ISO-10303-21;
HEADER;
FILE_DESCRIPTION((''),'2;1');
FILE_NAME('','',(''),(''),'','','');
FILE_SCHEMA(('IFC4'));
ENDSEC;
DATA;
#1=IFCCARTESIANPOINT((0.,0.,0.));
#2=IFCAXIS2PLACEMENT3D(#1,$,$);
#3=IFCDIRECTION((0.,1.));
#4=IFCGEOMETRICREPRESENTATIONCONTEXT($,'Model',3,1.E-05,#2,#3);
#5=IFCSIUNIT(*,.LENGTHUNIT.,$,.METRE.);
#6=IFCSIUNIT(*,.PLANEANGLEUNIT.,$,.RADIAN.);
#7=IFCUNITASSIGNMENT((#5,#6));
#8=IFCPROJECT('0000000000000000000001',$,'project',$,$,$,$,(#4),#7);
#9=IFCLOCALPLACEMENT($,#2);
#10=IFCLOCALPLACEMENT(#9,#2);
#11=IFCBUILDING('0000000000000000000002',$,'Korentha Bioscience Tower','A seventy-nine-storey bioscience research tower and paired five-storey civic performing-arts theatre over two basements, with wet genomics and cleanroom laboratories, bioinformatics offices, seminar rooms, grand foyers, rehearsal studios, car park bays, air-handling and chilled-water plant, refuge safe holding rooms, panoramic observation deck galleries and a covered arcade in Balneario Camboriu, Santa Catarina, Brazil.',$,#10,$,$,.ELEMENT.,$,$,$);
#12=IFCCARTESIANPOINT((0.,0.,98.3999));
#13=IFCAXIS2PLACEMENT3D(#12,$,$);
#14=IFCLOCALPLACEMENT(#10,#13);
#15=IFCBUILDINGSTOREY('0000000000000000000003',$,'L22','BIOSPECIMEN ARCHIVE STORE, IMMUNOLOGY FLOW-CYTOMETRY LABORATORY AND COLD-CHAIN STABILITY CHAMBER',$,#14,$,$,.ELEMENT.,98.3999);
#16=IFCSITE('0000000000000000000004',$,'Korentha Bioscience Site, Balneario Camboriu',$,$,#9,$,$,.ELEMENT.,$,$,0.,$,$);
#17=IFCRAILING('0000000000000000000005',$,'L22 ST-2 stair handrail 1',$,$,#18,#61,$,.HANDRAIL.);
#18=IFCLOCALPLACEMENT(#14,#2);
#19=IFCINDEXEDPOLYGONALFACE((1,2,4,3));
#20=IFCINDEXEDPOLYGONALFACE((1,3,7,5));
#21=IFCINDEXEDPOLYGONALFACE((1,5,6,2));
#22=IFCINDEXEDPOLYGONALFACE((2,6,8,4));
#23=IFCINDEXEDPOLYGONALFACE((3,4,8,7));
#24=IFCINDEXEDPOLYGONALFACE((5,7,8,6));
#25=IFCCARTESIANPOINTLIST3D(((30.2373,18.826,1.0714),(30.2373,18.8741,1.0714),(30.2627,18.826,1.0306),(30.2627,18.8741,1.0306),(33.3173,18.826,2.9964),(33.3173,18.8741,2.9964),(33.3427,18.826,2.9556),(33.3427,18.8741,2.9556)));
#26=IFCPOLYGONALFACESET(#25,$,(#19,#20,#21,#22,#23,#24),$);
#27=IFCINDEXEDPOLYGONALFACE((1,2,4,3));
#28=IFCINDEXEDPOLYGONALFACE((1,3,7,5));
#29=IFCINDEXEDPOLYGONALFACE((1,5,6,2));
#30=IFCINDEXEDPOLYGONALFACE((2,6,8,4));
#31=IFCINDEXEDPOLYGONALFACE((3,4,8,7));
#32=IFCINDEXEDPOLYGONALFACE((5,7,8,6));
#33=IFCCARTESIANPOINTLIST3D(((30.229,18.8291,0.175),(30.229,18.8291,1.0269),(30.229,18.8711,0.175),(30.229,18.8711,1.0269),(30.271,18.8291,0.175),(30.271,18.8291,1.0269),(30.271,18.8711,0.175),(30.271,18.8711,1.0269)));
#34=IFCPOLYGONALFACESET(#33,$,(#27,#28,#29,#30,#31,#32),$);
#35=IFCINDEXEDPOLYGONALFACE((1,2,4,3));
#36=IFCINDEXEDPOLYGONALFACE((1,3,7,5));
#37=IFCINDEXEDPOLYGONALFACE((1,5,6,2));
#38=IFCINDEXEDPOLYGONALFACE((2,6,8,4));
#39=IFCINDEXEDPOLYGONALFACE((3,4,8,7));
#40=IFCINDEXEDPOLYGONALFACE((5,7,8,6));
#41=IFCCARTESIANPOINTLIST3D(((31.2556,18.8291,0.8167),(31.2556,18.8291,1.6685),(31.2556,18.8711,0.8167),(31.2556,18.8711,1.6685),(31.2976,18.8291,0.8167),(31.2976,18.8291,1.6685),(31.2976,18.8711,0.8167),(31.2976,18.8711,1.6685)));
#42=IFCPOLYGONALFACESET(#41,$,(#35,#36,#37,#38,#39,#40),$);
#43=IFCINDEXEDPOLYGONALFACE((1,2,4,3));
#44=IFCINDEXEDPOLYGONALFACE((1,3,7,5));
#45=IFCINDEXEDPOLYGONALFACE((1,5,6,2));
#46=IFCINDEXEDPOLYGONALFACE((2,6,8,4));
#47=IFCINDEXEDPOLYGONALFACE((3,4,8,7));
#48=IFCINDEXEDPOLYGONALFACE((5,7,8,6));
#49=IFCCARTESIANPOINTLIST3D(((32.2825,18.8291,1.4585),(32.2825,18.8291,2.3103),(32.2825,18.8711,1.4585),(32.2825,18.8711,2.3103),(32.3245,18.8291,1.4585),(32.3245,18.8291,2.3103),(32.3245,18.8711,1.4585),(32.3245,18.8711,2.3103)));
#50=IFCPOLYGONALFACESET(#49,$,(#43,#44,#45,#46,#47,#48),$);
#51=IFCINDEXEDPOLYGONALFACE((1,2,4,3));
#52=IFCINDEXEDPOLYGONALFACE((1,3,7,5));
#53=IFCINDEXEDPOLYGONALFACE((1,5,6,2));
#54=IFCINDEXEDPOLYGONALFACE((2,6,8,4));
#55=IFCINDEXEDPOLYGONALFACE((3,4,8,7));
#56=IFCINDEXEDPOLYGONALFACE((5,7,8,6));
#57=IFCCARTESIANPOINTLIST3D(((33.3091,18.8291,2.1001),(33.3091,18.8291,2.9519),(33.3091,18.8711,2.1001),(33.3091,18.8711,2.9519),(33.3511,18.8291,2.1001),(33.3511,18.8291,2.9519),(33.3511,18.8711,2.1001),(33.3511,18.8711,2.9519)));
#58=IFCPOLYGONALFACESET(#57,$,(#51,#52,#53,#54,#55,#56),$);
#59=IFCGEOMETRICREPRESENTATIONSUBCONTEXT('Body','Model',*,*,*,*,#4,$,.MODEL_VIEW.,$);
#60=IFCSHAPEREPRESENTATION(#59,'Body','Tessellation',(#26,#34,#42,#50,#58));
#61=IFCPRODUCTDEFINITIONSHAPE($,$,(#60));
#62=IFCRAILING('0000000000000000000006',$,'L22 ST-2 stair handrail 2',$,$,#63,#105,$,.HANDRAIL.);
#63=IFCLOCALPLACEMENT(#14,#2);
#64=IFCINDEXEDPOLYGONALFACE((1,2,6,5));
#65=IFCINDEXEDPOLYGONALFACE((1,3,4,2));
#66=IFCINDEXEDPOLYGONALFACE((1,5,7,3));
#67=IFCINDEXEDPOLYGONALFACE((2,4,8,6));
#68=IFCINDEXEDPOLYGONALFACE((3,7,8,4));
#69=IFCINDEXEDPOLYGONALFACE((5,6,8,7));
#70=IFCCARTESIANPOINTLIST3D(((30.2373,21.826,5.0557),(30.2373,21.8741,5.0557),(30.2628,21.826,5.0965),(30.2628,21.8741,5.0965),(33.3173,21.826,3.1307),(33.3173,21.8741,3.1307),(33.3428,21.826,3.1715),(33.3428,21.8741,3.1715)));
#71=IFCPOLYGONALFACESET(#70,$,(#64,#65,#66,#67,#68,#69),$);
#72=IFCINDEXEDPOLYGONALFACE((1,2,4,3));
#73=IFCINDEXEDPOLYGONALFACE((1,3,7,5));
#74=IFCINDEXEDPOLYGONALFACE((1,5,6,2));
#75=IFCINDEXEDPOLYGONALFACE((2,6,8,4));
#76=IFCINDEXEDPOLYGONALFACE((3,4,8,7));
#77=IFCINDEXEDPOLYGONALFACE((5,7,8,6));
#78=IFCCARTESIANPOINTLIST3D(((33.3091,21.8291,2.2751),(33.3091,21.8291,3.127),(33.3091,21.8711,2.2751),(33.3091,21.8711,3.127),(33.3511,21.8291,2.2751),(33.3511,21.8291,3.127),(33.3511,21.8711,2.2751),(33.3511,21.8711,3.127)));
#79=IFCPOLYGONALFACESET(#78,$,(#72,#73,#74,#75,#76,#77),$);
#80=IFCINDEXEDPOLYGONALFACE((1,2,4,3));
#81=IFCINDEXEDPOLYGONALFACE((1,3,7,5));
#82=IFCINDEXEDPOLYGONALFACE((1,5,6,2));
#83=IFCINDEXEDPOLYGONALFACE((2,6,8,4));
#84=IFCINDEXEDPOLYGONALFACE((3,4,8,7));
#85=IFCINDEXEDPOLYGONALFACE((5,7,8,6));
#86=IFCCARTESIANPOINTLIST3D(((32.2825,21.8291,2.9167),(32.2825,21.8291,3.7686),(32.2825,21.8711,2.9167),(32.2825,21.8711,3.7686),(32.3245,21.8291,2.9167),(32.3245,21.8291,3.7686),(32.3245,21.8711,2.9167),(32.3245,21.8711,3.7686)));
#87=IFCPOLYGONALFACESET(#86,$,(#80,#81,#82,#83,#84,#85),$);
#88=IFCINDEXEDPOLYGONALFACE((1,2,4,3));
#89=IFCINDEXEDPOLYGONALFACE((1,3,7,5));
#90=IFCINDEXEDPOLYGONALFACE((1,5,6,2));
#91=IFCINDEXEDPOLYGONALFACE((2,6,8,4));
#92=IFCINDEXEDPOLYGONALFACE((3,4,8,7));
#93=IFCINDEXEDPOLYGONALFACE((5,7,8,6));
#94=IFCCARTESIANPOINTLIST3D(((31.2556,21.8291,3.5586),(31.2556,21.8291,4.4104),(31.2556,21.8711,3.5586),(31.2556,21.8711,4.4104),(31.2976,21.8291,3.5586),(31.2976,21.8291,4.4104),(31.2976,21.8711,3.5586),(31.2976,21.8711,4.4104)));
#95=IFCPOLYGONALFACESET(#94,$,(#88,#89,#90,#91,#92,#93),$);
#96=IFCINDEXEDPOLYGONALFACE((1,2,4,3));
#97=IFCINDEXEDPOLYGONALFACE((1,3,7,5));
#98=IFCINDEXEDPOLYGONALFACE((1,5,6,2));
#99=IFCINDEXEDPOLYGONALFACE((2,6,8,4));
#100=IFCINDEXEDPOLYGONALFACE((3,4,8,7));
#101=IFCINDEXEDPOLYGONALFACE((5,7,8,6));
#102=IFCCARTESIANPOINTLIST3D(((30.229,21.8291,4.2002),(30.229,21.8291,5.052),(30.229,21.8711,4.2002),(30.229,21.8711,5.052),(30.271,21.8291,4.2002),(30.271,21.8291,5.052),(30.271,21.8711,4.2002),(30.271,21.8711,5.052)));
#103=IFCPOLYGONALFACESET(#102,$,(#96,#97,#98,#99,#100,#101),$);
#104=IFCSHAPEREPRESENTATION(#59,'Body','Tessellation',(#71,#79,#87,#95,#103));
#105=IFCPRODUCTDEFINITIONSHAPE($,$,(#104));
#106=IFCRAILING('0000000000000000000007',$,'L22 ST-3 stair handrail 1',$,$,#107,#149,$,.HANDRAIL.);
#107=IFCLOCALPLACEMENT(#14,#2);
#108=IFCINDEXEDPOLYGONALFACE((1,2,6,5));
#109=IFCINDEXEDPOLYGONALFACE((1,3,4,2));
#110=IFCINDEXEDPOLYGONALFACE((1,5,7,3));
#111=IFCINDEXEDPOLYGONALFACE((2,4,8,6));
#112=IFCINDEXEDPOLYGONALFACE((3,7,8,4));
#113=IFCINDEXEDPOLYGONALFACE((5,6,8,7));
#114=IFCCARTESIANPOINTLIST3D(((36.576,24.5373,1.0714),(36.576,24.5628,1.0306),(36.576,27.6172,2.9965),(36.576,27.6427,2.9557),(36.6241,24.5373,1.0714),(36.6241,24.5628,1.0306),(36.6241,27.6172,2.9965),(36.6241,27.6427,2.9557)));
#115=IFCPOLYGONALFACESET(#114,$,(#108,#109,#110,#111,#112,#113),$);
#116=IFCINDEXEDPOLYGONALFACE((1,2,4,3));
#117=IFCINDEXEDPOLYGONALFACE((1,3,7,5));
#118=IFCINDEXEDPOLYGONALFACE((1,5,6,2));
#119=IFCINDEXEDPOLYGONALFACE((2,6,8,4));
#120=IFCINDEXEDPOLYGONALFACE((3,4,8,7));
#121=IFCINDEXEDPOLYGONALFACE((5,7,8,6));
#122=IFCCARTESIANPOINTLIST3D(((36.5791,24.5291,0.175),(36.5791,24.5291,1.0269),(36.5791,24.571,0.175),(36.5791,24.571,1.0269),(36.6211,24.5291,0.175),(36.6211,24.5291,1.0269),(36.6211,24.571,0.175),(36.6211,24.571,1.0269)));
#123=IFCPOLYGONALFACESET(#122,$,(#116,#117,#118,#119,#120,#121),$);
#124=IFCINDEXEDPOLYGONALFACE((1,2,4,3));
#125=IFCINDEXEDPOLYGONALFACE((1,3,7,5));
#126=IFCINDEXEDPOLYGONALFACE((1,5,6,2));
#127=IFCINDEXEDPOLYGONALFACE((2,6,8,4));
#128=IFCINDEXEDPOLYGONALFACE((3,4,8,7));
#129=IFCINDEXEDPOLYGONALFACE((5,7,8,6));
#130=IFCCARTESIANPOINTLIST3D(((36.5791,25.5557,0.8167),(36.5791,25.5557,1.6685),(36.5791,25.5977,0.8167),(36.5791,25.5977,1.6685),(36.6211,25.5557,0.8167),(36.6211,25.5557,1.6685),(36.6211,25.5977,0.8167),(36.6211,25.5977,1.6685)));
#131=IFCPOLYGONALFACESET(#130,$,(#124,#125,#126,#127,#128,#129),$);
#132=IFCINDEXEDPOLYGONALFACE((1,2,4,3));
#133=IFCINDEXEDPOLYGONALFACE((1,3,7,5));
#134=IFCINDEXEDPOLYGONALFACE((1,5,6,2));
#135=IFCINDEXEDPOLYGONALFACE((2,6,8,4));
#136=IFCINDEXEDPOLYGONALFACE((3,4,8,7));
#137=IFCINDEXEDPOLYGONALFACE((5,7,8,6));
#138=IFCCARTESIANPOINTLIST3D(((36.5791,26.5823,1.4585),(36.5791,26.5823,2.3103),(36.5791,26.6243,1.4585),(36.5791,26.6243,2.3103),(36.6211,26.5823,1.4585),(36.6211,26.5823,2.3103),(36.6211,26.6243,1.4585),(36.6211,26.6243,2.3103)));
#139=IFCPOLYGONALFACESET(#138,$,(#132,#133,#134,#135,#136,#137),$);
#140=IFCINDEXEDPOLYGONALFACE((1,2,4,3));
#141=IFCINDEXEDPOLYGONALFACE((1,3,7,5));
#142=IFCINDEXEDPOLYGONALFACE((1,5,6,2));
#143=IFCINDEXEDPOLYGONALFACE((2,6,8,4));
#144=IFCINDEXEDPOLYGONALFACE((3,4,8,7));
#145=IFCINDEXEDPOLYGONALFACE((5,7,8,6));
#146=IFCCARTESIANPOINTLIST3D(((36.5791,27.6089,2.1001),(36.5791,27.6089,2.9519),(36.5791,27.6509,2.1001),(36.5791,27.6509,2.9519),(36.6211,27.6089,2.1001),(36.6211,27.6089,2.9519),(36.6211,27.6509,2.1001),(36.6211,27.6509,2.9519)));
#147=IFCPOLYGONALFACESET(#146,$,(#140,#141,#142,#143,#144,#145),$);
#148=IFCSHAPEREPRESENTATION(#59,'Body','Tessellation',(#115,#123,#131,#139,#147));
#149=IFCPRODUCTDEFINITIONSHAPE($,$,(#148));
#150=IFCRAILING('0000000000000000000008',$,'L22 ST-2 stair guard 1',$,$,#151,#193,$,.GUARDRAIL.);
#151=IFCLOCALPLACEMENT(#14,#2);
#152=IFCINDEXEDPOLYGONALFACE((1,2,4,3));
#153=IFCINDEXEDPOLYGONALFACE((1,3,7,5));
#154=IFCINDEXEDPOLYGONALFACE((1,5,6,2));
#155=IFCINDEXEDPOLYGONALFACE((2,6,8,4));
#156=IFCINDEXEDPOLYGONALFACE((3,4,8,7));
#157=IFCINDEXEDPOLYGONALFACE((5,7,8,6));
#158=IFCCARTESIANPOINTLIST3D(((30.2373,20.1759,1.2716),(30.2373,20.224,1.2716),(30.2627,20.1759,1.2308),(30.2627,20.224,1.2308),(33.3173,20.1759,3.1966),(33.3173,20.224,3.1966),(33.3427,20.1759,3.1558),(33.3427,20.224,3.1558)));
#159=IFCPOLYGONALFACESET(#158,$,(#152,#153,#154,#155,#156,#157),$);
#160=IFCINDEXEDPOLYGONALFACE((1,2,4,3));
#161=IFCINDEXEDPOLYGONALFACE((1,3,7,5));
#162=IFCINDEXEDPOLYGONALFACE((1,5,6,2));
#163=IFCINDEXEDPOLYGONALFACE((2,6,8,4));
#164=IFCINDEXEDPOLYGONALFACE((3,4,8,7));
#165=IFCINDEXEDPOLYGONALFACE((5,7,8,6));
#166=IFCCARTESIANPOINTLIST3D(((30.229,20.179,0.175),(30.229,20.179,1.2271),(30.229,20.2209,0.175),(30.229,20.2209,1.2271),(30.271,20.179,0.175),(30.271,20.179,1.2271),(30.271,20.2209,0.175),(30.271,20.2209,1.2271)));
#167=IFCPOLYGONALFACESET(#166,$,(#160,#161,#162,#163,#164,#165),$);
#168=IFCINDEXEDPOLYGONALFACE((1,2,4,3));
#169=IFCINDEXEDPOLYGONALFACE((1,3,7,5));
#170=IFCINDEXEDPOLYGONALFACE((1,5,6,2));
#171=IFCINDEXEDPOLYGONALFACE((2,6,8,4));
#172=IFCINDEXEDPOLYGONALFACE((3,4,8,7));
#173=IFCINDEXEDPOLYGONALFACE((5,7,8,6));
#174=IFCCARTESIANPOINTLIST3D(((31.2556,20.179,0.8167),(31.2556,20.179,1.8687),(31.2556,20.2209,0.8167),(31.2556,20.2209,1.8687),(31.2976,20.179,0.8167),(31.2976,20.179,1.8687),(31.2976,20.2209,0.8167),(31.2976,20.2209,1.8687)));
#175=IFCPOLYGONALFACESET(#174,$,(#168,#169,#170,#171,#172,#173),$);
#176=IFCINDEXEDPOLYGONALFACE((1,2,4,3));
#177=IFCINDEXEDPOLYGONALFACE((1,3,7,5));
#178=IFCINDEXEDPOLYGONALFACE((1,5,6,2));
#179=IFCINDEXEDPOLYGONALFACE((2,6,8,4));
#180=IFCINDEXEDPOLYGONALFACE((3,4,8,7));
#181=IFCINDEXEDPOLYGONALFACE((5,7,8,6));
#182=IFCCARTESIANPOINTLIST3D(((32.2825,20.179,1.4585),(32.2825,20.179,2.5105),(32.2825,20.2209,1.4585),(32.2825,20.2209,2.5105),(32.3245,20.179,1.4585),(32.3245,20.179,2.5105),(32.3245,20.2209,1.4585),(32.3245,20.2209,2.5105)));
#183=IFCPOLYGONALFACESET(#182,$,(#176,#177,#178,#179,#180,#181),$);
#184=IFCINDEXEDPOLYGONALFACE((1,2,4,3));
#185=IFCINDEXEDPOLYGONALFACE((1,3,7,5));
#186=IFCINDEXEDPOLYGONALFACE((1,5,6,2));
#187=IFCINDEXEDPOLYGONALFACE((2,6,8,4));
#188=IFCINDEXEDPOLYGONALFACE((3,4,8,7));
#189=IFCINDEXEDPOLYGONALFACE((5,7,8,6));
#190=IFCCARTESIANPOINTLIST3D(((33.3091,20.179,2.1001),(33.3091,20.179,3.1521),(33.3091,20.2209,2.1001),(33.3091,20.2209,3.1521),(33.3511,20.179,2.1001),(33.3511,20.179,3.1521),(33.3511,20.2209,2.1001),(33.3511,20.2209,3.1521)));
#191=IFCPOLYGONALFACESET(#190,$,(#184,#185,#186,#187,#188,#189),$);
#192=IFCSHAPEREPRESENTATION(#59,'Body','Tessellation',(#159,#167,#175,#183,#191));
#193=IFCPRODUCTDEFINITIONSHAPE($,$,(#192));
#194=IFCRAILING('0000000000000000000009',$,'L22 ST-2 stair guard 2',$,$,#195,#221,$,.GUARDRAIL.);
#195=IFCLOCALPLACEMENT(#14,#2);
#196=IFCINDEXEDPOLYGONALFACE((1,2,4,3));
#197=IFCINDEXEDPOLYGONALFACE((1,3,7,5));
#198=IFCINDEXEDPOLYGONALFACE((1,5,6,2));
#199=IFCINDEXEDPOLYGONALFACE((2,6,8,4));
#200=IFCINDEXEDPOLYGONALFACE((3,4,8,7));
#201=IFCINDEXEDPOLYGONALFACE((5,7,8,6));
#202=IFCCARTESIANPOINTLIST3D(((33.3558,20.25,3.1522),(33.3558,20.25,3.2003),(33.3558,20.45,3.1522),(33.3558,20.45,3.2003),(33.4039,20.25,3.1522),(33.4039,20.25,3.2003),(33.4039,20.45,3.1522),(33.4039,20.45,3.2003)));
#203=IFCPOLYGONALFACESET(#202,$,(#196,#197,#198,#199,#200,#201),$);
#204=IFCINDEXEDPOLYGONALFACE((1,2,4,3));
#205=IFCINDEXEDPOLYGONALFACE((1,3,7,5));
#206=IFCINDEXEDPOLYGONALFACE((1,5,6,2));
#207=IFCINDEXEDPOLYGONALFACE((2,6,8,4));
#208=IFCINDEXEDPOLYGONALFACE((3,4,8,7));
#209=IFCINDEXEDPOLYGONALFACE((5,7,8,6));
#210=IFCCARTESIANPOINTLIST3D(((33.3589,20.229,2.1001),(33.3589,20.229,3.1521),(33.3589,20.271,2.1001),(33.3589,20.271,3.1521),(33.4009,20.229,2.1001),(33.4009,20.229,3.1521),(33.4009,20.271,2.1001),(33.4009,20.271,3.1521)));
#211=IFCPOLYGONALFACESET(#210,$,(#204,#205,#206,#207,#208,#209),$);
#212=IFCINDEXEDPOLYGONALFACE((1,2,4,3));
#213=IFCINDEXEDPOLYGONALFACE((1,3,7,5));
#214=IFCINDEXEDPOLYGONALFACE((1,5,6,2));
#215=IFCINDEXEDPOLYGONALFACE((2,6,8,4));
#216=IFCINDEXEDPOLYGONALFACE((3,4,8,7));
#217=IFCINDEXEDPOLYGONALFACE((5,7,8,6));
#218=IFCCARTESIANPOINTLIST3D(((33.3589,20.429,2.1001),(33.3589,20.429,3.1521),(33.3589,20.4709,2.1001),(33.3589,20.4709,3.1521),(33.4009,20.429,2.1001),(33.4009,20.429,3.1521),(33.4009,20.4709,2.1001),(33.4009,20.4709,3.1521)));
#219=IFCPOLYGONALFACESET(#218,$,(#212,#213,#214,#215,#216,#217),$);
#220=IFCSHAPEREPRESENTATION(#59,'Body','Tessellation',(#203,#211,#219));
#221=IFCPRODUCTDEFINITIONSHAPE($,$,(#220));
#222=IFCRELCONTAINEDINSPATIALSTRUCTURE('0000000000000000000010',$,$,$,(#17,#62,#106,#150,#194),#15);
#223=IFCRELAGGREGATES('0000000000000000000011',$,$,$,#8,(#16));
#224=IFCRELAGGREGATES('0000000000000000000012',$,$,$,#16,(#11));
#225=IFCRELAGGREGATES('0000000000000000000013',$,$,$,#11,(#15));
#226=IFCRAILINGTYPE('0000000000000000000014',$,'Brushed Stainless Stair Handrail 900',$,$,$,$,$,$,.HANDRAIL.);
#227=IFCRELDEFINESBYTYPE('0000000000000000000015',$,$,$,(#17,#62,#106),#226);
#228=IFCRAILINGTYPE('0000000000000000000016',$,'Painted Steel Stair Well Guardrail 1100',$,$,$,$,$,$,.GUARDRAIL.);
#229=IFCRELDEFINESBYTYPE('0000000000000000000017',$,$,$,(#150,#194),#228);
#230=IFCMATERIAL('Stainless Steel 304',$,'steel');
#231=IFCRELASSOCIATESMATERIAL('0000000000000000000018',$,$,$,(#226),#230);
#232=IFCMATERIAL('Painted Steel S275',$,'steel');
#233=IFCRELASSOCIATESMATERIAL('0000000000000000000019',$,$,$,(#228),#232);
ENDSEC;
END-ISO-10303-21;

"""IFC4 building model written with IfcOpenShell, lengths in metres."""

from ifc_helpers import new_model, si_unit, direction, frame, origin, origin_2d, place, context, subcontext, project, spatial, rectangle, extrude, material, type_object, element, save


model = new_model("IFC4")

# Units and contexts
model_context = context("Model", 3, precision=1e-05, world=origin(), true_north=direction((0.0, 1.0)))
body_context = subcontext(model_context, "Body", "Model", "MODEL_VIEW")
ifc_project = project(units=[si_unit("LENGTHUNIT", "METRE"), si_unit("PLANEANGLEUNIT", "RADIAN")], contexts=[model_context])

# Site, building, storey
site_placement = place(None, origin())
site = spatial("IfcSite", under=ifc_project, at=site_placement, Name="Korentha Bioscience Site, Balneario Camboriu", CompositionType="ELEMENT", RefElevation=0.0)
building_placement = place(site_placement, origin())
building = spatial("IfcBuilding", under=site, at=building_placement, Name="Korentha Bioscience Tower", Description="A seventy-nine-storey bioscience research tower and paired five-storey civic performing-arts theatre over two basements, with wet genomics and cleanroom laboratories, bioinformatics offices, seminar rooms, grand foyers, rehearsal studios, car park bays, air-handling and chilled-water plant, refuge safe holding rooms, panoramic observation deck galleries and a covered arcade in Balneario Camboriu, Santa Catarina, Brazil.", CompositionType="ELEMENT")
storey_placement = place(building_placement, frame((0.0, 0.0, 98.3999)))
storey = spatial("IfcBuildingStorey", under=building, at=storey_placement, Name="L22", Description="BIOSPECIMEN ARCHIVE STORE, IMMUNOLOGY FLOW-CYTOMETRY LABORATORY AND COLD-CHAIN STABILITY CHAMBER", CompositionType="ELEMENT", Elevation=98.3999)

# Railings
ifc_material_1 = material(Name="Stainless Steel 304", Category="steel")
railing_type_1 = type_object("IfcRailingType", Name="Brushed Stainless Stair Handrail 900", PredefinedType="HANDRAIL", material=ifc_material_1)
railing_1_placement = place(storey_placement, frame((30.25, 18.8501, 0.175)))
element("IfcRailing", 1, at=railing_1_placement, inside=storey, type_object=railing_type_1, Name="L22 ST-2 stair handrail 1", PredefinedType="HANDRAIL", context=body_context, shape_type="SweptSolid", body=[
    extrude(rectangle(XDim=0.0481, YDim=0.0481, at=origin_2d()), frame((0.0, 0.0, 0.876), z_axis=(0.847998, 0.0, 0.529999), x_axis=(0.0, 1.0, 0.0)), (0.0, 0.0, 1.0), 3.6321),
    extrude(rectangle(XDim=0.042, YDim=0.042, at=origin_2d()), origin(), (0.0, 0.0, 1.0), 0.8518),
    extrude(rectangle(XDim=0.042, YDim=0.042, at=origin_2d()), frame((1.0266, 0.0, 0.6416)), (0.0, 0.0, 1.0), 0.8518),
    extrude(rectangle(XDim=0.042, YDim=0.042, at=origin_2d()), frame((2.0535, 0.0, 1.2834)), (0.0, 0.0, 1.0), 0.8518),
    extrude(rectangle(XDim=0.042, YDim=0.042, at=origin_2d()), frame((3.0801, 0.0, 1.925)), (0.0, 0.0, 1.0), 0.8518),
])
railing_2_placement = place(storey_placement, frame((33.3301, 21.8501, 2.2751)))
element("IfcRailing", 2, at=railing_2_placement, inside=storey, type_object=railing_type_1, Name="L22 ST-2 stair handrail 2", PredefinedType="HANDRAIL", context=body_context, shape_type="SweptSolid", body=[
    extrude(rectangle(XDim=0.0481, YDim=0.0481, at=origin_2d()), frame((0.0, 0.0, 0.876), z_axis=(-0.847998, 0.0, 0.529999), x_axis=(0.0, -1.0, 0.0)), (0.0, 0.0, 1.0), 3.6321),
    extrude(rectangle(XDim=0.042, YDim=0.042, at=origin_2d()), origin(), (0.0, 0.0, 1.0), 0.8518),
    extrude(rectangle(XDim=0.042, YDim=0.042, at=origin_2d()), frame((-1.0266, 0.0, 0.6416)), (0.0, 0.0, 1.0), 0.8518),
    extrude(rectangle(XDim=0.042, YDim=0.042, at=origin_2d()), frame((-2.0535, 0.0, 1.2834)), (0.0, 0.0, 1.0), 0.8518),
    extrude(rectangle(XDim=0.042, YDim=0.042, at=origin_2d()), frame((-3.0801, 0.0, 1.925)), (0.0, 0.0, 1.0), 0.8518),
])
railing_3_placement = place(storey_placement, frame((36.6001, 24.55, 0.175)))
element("IfcRailing", 3, at=railing_3_placement, inside=storey, type_object=railing_type_1, Name="L22 ST-3 stair handrail 1", PredefinedType="HANDRAIL", context=body_context, shape_type="SweptSolid", body=[
    extrude(rectangle(XDim=0.0481, YDim=0.0481, at=origin_2d()), frame((0.0, 0.0, 0.876), z_axis=(0.0, 0.847979, 0.530029), x_axis=(-1.0, 0.0, 0.0)), (0.0, 0.0, 1.0), 3.6321),
    extrude(rectangle(XDim=0.042, YDim=0.042, at=origin_2d()), origin(), (0.0, 0.0, 1.0), 0.8518),
    extrude(rectangle(XDim=0.042, YDim=0.042, at=origin_2d()), frame((0.0, 1.0266, 0.6416)), (0.0, 0.0, 1.0), 0.8518),
    extrude(rectangle(XDim=0.042, YDim=0.042, at=origin_2d()), frame((0.0, 2.0532, 1.2834)), (0.0, 0.0, 1.0), 0.8518),
    extrude(rectangle(XDim=0.042, YDim=0.042, at=origin_2d()), frame((0.0, 3.0798, 1.925)), (0.0, 0.0, 1.0), 0.8518),
])
ifc_material_2 = material(Name="Painted Steel S275", Category="steel")
railing_type_2 = type_object("IfcRailingType", Name="Painted Steel Stair Well Guardrail 1100", PredefinedType="GUARDRAIL", material=ifc_material_2)
railing_4_placement = place(storey_placement, frame((30.25, 20.2, 0.175)))
element("IfcRailing", 4, at=railing_4_placement, inside=storey, type_object=railing_type_2, Name="L22 ST-2 stair guard 1", PredefinedType="GUARDRAIL", context=body_context, shape_type="SweptSolid", body=[
    extrude(rectangle(XDim=0.0481, YDim=0.0481, at=origin_2d()), frame((0.0, 0.0, 1.0762), z_axis=(0.847998, 0.0, 0.529999), x_axis=(0.0, 1.0, 0.0)), (0.0, 0.0, 1.0), 3.6321),
    extrude(rectangle(XDim=0.042, YDim=0.042, at=origin_2d()), origin(), (0.0, 0.0, 1.0), 1.052),
    extrude(rectangle(XDim=0.042, YDim=0.042, at=origin_2d()), frame((1.0266, 0.0, 0.6416)), (0.0, 0.0, 1.0), 1.052),
    extrude(rectangle(XDim=0.042, YDim=0.042, at=origin_2d()), frame((2.0535, 0.0, 1.2834)), (0.0, 0.0, 1.0), 1.052),
    extrude(rectangle(XDim=0.042, YDim=0.042, at=origin_2d()), frame((3.0801, 0.0, 1.925)), (0.0, 0.0, 1.0), 1.052),
])
railing_5_placement = place(storey_placement, frame((33.3799, 20.25, 2.1001)))
element("IfcRailing", 5, at=railing_5_placement, inside=storey, type_object=railing_type_2, Name="L22 ST-2 stair guard 2", PredefinedType="GUARDRAIL", context=body_context, shape_type="SweptSolid", body=[
    extrude(rectangle(XDim=0.0481, YDim=0.0481, at=origin_2d()), frame((0.0, 0.0, 1.0762), z_axis=(0.0, 1.0, 0.0), x_axis=(-1.0, 0.0, 0.0)), (0.0, 0.0, 1.0), 0.2),
    extrude(rectangle(XDim=0.042, YDim=0.042, at=origin_2d()), origin(), (0.0, 0.0, 1.0), 1.052),
    extrude(rectangle(XDim=0.042, YDim=0.042, at=origin_2d()), frame((0.0, 0.2, 0.0)), (0.0, 0.0, 1.0), 1.052),
])

save(model, "model.ifc")
